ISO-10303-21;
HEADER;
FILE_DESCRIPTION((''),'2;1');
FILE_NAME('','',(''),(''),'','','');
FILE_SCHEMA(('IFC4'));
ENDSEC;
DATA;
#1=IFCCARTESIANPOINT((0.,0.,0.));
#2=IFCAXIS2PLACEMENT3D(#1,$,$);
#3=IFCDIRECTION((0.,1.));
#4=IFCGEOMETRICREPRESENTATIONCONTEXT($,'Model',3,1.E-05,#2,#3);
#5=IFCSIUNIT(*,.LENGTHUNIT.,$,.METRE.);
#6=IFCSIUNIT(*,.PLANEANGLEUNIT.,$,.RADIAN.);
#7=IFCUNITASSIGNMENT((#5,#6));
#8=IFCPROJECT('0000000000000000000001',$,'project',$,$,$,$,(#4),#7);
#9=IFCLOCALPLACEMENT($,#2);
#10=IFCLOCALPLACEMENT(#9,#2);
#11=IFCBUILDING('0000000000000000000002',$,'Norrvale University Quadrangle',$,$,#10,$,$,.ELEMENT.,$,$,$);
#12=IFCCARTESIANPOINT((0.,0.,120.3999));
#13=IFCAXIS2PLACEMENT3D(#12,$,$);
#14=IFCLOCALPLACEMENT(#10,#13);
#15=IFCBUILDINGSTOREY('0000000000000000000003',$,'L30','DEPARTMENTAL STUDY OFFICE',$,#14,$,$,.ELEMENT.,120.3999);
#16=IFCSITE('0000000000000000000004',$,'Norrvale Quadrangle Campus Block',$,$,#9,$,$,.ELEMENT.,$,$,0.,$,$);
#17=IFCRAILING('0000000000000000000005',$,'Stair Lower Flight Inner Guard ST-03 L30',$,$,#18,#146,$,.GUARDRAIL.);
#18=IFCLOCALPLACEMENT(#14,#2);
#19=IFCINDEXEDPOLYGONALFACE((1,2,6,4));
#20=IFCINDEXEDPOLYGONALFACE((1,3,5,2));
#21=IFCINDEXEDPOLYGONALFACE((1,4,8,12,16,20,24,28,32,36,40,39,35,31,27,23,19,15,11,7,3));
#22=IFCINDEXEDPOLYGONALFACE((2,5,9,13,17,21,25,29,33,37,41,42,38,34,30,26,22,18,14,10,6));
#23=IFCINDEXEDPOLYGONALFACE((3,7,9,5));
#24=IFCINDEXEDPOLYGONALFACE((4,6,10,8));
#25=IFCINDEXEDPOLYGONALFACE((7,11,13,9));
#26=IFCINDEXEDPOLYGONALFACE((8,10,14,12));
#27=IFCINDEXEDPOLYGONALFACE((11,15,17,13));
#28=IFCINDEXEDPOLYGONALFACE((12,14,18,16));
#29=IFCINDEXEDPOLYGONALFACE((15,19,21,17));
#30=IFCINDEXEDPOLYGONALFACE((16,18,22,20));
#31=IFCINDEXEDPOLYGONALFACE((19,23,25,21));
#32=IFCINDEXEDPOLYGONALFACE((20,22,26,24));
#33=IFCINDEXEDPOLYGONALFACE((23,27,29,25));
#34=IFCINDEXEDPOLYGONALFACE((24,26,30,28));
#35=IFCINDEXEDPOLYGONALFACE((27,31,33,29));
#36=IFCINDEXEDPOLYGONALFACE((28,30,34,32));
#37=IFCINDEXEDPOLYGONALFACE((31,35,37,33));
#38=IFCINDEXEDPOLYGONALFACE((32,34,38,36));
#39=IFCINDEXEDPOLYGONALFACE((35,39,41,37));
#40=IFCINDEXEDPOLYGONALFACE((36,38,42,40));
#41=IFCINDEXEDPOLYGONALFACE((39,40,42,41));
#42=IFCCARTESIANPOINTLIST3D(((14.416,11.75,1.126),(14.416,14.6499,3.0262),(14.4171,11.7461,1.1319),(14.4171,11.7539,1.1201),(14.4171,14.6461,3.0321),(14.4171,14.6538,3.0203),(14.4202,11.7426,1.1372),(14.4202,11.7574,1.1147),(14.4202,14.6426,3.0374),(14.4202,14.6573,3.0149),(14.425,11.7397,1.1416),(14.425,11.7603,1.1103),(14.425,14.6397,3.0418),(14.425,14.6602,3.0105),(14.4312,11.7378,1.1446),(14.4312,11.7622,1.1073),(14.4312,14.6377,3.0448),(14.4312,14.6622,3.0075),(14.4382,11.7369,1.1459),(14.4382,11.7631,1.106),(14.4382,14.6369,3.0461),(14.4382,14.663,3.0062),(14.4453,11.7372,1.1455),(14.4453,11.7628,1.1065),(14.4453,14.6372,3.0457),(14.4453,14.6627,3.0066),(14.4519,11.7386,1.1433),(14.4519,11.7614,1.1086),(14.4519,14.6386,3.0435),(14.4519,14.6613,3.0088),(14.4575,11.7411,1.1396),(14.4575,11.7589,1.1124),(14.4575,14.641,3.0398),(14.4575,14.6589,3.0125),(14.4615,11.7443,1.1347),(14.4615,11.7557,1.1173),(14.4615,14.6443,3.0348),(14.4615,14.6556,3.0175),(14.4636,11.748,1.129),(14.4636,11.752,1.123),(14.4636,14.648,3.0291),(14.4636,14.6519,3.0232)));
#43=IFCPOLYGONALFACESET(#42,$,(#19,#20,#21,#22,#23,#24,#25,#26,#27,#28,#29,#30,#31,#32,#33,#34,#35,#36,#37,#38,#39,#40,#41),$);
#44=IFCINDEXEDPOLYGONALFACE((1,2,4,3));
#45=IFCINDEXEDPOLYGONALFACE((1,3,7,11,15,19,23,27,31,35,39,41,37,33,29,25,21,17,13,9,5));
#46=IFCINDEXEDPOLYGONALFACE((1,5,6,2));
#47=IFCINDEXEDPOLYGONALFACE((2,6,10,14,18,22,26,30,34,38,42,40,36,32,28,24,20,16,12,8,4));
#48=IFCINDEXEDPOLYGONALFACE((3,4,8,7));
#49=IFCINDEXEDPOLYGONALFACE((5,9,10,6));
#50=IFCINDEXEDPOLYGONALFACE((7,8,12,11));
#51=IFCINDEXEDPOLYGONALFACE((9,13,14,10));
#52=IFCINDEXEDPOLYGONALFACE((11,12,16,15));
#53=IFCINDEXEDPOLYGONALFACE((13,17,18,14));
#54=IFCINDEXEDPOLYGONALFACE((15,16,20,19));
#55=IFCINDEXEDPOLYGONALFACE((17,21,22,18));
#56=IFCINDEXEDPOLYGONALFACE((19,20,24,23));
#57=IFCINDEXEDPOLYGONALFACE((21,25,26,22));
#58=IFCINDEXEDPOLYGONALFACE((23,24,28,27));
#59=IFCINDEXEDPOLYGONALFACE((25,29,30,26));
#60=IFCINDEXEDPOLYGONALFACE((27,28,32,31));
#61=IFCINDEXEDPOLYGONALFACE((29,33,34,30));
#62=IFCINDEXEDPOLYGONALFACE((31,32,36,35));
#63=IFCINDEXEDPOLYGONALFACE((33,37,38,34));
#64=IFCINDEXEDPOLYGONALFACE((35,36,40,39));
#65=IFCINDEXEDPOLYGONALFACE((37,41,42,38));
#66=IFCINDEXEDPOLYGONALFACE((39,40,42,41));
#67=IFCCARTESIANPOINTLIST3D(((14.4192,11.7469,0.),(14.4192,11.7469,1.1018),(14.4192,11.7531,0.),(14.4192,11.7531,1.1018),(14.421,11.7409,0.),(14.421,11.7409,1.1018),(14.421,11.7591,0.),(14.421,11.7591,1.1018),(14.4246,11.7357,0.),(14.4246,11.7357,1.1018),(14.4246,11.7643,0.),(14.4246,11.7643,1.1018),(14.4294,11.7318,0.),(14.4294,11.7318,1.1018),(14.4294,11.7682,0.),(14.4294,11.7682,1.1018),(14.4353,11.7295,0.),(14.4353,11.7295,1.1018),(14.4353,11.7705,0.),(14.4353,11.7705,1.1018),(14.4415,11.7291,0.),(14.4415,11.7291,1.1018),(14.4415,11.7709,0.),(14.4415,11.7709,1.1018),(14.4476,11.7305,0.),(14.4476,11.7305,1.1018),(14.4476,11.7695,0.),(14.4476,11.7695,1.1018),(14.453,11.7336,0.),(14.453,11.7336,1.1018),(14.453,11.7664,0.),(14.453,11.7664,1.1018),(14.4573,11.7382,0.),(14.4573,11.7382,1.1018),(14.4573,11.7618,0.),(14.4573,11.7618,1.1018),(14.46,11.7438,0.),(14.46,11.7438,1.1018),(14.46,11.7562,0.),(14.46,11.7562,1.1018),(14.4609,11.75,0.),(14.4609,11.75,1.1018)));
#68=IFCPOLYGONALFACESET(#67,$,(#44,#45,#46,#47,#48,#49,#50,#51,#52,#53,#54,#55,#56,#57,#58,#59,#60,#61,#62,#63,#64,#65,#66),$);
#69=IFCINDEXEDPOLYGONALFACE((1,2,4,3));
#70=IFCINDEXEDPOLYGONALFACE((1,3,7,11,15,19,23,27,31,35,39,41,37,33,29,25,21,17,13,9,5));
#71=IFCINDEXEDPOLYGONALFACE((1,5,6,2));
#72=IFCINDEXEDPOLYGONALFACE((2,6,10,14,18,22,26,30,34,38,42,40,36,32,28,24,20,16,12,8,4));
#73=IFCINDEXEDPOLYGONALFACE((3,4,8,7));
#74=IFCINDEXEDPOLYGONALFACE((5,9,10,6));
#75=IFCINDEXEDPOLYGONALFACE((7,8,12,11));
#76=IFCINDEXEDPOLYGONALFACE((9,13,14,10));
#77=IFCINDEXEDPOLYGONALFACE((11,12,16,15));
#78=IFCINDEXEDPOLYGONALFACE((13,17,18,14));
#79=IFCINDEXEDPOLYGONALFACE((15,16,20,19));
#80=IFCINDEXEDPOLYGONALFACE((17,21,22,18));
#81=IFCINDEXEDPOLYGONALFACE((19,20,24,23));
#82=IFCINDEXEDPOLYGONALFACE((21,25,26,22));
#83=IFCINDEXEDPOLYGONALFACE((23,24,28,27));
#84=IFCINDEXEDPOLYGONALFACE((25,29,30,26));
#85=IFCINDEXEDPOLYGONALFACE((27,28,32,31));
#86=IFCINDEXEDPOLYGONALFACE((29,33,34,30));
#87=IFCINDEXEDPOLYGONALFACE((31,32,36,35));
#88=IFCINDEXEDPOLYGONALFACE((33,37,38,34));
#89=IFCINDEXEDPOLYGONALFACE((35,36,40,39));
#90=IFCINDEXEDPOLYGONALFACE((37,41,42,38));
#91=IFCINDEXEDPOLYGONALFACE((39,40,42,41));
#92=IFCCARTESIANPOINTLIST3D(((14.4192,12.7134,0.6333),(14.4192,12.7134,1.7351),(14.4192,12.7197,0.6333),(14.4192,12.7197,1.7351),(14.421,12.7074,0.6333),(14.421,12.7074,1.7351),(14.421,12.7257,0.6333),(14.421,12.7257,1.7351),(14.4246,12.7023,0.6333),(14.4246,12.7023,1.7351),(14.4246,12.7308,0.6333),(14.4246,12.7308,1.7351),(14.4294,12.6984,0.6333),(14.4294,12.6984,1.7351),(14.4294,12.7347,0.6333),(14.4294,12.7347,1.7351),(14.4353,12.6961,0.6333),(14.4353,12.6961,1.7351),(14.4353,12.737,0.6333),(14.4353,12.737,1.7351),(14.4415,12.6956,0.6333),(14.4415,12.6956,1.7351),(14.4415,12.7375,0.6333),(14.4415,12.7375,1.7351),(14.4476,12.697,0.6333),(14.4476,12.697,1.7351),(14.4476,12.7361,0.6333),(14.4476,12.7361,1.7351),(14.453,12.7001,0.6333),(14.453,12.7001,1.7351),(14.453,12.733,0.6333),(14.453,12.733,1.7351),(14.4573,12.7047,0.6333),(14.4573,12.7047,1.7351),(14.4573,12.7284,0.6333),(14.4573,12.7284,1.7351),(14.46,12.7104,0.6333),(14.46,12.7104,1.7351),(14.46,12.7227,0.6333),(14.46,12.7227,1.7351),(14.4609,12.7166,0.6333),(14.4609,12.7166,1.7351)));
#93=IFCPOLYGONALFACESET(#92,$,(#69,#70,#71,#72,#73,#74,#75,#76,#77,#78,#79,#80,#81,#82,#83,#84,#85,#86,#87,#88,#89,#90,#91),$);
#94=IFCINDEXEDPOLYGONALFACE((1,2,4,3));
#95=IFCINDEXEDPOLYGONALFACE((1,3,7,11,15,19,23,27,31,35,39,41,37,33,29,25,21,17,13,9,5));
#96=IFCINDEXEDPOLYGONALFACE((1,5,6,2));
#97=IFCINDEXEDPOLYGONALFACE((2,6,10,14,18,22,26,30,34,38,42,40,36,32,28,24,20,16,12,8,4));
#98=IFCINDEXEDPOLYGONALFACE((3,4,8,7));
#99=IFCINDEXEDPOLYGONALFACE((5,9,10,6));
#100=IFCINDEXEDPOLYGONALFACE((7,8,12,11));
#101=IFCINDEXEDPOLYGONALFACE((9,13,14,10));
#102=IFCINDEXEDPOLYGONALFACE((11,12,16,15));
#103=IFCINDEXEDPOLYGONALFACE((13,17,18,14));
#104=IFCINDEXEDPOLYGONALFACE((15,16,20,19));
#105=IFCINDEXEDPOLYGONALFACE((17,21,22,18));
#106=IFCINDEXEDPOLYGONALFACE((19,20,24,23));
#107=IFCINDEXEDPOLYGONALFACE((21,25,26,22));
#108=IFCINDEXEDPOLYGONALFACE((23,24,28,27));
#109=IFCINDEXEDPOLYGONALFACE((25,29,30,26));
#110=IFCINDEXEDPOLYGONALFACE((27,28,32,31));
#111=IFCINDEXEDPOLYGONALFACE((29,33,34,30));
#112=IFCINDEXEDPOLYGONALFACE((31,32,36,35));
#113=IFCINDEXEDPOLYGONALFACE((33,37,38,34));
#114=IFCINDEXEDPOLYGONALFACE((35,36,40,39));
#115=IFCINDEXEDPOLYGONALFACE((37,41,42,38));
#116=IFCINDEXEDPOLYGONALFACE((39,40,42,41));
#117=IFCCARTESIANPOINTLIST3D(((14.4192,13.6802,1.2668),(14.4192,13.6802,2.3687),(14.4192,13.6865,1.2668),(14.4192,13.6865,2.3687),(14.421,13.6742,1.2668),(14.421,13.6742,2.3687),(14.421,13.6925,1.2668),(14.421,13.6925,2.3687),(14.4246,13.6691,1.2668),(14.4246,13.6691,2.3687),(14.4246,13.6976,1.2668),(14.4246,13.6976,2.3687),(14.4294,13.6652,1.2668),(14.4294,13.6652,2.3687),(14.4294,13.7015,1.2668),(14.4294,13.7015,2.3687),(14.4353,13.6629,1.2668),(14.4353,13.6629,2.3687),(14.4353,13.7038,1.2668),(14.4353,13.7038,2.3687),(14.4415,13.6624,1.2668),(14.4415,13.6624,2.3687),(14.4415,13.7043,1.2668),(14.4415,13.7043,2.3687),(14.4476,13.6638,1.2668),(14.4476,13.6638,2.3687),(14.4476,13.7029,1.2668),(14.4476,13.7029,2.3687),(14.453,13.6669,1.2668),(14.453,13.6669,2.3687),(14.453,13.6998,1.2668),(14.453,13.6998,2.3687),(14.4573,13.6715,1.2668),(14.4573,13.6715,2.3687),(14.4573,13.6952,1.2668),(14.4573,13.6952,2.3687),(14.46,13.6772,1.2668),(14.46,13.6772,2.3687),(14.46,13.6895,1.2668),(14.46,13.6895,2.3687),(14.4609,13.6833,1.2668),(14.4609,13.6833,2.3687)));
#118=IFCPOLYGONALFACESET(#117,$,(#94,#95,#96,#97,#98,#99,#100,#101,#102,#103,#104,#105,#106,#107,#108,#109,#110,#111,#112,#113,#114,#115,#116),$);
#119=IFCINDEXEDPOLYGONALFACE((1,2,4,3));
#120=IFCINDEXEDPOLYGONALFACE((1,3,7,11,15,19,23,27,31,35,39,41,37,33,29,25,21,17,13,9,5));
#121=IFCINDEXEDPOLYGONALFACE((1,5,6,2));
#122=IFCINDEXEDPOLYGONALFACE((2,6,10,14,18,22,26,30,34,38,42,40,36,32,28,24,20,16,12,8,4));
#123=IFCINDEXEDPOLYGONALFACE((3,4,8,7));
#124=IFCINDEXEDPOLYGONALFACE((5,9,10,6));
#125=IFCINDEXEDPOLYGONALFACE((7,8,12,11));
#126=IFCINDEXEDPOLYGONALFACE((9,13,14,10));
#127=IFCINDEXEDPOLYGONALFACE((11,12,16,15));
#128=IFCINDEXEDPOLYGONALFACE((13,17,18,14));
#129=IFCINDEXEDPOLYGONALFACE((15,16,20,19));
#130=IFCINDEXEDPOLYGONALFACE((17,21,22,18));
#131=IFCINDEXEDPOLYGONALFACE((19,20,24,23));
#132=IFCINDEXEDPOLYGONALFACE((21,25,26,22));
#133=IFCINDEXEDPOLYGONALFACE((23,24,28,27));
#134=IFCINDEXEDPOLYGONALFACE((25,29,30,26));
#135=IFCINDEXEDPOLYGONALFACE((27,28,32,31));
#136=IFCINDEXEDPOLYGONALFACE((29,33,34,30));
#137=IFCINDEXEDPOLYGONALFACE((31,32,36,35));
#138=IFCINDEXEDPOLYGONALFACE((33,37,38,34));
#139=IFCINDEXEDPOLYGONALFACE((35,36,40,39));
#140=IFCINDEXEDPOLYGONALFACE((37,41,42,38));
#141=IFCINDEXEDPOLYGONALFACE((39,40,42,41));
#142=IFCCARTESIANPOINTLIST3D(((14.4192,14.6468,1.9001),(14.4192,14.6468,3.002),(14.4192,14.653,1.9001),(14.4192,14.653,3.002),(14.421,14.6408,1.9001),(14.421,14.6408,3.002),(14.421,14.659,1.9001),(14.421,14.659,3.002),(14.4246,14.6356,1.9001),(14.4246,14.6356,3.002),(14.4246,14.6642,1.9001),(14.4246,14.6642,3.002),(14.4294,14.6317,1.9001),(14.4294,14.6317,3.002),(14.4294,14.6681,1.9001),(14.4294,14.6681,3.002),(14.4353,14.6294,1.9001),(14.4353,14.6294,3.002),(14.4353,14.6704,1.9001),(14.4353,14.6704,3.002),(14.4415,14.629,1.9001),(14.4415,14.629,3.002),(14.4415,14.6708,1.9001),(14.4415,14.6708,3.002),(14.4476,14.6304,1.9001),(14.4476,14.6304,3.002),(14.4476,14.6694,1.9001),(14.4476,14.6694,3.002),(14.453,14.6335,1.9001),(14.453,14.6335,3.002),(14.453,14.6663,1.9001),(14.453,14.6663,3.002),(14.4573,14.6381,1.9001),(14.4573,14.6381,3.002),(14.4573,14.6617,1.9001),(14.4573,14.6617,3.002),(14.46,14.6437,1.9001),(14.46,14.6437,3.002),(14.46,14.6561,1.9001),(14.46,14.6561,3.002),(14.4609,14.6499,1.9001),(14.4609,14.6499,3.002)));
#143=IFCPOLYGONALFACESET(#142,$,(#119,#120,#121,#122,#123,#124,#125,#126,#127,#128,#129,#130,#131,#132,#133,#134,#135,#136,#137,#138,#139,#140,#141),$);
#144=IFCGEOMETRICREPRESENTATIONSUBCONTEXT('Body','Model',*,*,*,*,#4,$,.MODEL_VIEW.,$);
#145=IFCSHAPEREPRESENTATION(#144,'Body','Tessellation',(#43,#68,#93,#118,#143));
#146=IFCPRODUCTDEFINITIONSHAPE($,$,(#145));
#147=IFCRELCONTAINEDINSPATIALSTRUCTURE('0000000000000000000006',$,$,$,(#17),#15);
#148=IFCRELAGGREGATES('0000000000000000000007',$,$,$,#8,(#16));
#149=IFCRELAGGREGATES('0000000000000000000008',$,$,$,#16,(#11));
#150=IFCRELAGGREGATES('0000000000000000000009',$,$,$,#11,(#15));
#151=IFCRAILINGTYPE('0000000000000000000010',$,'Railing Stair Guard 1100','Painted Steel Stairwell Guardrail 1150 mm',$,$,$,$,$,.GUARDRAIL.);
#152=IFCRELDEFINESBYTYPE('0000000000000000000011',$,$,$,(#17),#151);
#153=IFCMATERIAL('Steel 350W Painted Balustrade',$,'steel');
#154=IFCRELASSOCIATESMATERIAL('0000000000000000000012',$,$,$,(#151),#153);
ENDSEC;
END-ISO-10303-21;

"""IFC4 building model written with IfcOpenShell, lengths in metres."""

from ifc_helpers import new_model, si_unit, direction, frame, origin, origin_2d, place, context, subcontext, project, spatial, circle, extrude, material, type_object, element, save


model = new_model("IFC4")

# Units and contexts
model_context = context("Model", 3, precision=1e-05, world=origin(), true_north=direction((0.0, 1.0)))
body_context = subcontext(model_context, "Body", "Model", "MODEL_VIEW")
ifc_project = project(units=[si_unit("LENGTHUNIT", "METRE"), si_unit("PLANEANGLEUNIT", "RADIAN")], contexts=[model_context])

# Site, building, storey
site_placement = place(None, origin())
site = spatial("IfcSite", under=ifc_project, at=site_placement, Name="Norrvale Quadrangle Campus Block", CompositionType="ELEMENT", RefElevation=0.0)
building_placement = place(site_placement, origin())
building = spatial("IfcBuilding", under=site, at=building_placement, Name="Norrvale University Quadrangle", CompositionType="ELEMENT")
storey_placement = place(building_placement, frame((0.0, 0.0, 120.3999)))
storey = spatial("IfcBuildingStorey", under=building, at=storey_placement, Name="L30", Description="DEPARTMENTAL STUDY OFFICE", CompositionType="ELEMENT", Elevation=120.3999)

# Railing
ifc_material_1 = material(Name="Steel 350W Painted Balustrade", Category="steel")
railing_type_1 = type_object("IfcRailingType", Name="Railing Stair Guard 1100", Description="Painted Steel Stairwell Guardrail 1150 mm", PredefinedType="GUARDRAIL", material=ifc_material_1)
railing_1_placement = place(storey_placement, frame((14.4399, 11.75, 0.0)))
element("IfcRailing", 1, at=railing_1_placement, inside=storey, type_object=railing_type_1, Name="Stair Lower Flight Inner Guard ST-03 L30", PredefinedType="GUARDRAIL", context=body_context, shape_type="SweptSolid", body=[
    extrude(circle(Radius=0.0239, at=origin_2d()), frame((0.0, 0.0, 1.126), z_axis=(0.0, 0.836433, 0.548069), x_axis=(-1.0, 0.0, 0.0)), (0.0, 0.0, 1.0), 3.467),
    extrude(circle(Radius=0.021, at=origin_2d()), origin(), (0.0, 0.0, 1.0), 1.1018),
    extrude(circle(Radius=0.021, at=origin_2d()), frame((0.0, 0.9666, 0.6333)), (0.0, 0.0, 1.0), 1.1018),
    extrude(circle(Radius=0.021, at=origin_2d()), frame((0.0, 1.9333, 1.2668)), (0.0, 0.0, 1.0), 1.1018),
    extrude(circle(Radius=0.021, at=origin_2d()), frame((0.0, 2.8999, 1.9001)), (0.0, 0.0, 1.0), 1.1018),
])

save(model, "model.ifc")
